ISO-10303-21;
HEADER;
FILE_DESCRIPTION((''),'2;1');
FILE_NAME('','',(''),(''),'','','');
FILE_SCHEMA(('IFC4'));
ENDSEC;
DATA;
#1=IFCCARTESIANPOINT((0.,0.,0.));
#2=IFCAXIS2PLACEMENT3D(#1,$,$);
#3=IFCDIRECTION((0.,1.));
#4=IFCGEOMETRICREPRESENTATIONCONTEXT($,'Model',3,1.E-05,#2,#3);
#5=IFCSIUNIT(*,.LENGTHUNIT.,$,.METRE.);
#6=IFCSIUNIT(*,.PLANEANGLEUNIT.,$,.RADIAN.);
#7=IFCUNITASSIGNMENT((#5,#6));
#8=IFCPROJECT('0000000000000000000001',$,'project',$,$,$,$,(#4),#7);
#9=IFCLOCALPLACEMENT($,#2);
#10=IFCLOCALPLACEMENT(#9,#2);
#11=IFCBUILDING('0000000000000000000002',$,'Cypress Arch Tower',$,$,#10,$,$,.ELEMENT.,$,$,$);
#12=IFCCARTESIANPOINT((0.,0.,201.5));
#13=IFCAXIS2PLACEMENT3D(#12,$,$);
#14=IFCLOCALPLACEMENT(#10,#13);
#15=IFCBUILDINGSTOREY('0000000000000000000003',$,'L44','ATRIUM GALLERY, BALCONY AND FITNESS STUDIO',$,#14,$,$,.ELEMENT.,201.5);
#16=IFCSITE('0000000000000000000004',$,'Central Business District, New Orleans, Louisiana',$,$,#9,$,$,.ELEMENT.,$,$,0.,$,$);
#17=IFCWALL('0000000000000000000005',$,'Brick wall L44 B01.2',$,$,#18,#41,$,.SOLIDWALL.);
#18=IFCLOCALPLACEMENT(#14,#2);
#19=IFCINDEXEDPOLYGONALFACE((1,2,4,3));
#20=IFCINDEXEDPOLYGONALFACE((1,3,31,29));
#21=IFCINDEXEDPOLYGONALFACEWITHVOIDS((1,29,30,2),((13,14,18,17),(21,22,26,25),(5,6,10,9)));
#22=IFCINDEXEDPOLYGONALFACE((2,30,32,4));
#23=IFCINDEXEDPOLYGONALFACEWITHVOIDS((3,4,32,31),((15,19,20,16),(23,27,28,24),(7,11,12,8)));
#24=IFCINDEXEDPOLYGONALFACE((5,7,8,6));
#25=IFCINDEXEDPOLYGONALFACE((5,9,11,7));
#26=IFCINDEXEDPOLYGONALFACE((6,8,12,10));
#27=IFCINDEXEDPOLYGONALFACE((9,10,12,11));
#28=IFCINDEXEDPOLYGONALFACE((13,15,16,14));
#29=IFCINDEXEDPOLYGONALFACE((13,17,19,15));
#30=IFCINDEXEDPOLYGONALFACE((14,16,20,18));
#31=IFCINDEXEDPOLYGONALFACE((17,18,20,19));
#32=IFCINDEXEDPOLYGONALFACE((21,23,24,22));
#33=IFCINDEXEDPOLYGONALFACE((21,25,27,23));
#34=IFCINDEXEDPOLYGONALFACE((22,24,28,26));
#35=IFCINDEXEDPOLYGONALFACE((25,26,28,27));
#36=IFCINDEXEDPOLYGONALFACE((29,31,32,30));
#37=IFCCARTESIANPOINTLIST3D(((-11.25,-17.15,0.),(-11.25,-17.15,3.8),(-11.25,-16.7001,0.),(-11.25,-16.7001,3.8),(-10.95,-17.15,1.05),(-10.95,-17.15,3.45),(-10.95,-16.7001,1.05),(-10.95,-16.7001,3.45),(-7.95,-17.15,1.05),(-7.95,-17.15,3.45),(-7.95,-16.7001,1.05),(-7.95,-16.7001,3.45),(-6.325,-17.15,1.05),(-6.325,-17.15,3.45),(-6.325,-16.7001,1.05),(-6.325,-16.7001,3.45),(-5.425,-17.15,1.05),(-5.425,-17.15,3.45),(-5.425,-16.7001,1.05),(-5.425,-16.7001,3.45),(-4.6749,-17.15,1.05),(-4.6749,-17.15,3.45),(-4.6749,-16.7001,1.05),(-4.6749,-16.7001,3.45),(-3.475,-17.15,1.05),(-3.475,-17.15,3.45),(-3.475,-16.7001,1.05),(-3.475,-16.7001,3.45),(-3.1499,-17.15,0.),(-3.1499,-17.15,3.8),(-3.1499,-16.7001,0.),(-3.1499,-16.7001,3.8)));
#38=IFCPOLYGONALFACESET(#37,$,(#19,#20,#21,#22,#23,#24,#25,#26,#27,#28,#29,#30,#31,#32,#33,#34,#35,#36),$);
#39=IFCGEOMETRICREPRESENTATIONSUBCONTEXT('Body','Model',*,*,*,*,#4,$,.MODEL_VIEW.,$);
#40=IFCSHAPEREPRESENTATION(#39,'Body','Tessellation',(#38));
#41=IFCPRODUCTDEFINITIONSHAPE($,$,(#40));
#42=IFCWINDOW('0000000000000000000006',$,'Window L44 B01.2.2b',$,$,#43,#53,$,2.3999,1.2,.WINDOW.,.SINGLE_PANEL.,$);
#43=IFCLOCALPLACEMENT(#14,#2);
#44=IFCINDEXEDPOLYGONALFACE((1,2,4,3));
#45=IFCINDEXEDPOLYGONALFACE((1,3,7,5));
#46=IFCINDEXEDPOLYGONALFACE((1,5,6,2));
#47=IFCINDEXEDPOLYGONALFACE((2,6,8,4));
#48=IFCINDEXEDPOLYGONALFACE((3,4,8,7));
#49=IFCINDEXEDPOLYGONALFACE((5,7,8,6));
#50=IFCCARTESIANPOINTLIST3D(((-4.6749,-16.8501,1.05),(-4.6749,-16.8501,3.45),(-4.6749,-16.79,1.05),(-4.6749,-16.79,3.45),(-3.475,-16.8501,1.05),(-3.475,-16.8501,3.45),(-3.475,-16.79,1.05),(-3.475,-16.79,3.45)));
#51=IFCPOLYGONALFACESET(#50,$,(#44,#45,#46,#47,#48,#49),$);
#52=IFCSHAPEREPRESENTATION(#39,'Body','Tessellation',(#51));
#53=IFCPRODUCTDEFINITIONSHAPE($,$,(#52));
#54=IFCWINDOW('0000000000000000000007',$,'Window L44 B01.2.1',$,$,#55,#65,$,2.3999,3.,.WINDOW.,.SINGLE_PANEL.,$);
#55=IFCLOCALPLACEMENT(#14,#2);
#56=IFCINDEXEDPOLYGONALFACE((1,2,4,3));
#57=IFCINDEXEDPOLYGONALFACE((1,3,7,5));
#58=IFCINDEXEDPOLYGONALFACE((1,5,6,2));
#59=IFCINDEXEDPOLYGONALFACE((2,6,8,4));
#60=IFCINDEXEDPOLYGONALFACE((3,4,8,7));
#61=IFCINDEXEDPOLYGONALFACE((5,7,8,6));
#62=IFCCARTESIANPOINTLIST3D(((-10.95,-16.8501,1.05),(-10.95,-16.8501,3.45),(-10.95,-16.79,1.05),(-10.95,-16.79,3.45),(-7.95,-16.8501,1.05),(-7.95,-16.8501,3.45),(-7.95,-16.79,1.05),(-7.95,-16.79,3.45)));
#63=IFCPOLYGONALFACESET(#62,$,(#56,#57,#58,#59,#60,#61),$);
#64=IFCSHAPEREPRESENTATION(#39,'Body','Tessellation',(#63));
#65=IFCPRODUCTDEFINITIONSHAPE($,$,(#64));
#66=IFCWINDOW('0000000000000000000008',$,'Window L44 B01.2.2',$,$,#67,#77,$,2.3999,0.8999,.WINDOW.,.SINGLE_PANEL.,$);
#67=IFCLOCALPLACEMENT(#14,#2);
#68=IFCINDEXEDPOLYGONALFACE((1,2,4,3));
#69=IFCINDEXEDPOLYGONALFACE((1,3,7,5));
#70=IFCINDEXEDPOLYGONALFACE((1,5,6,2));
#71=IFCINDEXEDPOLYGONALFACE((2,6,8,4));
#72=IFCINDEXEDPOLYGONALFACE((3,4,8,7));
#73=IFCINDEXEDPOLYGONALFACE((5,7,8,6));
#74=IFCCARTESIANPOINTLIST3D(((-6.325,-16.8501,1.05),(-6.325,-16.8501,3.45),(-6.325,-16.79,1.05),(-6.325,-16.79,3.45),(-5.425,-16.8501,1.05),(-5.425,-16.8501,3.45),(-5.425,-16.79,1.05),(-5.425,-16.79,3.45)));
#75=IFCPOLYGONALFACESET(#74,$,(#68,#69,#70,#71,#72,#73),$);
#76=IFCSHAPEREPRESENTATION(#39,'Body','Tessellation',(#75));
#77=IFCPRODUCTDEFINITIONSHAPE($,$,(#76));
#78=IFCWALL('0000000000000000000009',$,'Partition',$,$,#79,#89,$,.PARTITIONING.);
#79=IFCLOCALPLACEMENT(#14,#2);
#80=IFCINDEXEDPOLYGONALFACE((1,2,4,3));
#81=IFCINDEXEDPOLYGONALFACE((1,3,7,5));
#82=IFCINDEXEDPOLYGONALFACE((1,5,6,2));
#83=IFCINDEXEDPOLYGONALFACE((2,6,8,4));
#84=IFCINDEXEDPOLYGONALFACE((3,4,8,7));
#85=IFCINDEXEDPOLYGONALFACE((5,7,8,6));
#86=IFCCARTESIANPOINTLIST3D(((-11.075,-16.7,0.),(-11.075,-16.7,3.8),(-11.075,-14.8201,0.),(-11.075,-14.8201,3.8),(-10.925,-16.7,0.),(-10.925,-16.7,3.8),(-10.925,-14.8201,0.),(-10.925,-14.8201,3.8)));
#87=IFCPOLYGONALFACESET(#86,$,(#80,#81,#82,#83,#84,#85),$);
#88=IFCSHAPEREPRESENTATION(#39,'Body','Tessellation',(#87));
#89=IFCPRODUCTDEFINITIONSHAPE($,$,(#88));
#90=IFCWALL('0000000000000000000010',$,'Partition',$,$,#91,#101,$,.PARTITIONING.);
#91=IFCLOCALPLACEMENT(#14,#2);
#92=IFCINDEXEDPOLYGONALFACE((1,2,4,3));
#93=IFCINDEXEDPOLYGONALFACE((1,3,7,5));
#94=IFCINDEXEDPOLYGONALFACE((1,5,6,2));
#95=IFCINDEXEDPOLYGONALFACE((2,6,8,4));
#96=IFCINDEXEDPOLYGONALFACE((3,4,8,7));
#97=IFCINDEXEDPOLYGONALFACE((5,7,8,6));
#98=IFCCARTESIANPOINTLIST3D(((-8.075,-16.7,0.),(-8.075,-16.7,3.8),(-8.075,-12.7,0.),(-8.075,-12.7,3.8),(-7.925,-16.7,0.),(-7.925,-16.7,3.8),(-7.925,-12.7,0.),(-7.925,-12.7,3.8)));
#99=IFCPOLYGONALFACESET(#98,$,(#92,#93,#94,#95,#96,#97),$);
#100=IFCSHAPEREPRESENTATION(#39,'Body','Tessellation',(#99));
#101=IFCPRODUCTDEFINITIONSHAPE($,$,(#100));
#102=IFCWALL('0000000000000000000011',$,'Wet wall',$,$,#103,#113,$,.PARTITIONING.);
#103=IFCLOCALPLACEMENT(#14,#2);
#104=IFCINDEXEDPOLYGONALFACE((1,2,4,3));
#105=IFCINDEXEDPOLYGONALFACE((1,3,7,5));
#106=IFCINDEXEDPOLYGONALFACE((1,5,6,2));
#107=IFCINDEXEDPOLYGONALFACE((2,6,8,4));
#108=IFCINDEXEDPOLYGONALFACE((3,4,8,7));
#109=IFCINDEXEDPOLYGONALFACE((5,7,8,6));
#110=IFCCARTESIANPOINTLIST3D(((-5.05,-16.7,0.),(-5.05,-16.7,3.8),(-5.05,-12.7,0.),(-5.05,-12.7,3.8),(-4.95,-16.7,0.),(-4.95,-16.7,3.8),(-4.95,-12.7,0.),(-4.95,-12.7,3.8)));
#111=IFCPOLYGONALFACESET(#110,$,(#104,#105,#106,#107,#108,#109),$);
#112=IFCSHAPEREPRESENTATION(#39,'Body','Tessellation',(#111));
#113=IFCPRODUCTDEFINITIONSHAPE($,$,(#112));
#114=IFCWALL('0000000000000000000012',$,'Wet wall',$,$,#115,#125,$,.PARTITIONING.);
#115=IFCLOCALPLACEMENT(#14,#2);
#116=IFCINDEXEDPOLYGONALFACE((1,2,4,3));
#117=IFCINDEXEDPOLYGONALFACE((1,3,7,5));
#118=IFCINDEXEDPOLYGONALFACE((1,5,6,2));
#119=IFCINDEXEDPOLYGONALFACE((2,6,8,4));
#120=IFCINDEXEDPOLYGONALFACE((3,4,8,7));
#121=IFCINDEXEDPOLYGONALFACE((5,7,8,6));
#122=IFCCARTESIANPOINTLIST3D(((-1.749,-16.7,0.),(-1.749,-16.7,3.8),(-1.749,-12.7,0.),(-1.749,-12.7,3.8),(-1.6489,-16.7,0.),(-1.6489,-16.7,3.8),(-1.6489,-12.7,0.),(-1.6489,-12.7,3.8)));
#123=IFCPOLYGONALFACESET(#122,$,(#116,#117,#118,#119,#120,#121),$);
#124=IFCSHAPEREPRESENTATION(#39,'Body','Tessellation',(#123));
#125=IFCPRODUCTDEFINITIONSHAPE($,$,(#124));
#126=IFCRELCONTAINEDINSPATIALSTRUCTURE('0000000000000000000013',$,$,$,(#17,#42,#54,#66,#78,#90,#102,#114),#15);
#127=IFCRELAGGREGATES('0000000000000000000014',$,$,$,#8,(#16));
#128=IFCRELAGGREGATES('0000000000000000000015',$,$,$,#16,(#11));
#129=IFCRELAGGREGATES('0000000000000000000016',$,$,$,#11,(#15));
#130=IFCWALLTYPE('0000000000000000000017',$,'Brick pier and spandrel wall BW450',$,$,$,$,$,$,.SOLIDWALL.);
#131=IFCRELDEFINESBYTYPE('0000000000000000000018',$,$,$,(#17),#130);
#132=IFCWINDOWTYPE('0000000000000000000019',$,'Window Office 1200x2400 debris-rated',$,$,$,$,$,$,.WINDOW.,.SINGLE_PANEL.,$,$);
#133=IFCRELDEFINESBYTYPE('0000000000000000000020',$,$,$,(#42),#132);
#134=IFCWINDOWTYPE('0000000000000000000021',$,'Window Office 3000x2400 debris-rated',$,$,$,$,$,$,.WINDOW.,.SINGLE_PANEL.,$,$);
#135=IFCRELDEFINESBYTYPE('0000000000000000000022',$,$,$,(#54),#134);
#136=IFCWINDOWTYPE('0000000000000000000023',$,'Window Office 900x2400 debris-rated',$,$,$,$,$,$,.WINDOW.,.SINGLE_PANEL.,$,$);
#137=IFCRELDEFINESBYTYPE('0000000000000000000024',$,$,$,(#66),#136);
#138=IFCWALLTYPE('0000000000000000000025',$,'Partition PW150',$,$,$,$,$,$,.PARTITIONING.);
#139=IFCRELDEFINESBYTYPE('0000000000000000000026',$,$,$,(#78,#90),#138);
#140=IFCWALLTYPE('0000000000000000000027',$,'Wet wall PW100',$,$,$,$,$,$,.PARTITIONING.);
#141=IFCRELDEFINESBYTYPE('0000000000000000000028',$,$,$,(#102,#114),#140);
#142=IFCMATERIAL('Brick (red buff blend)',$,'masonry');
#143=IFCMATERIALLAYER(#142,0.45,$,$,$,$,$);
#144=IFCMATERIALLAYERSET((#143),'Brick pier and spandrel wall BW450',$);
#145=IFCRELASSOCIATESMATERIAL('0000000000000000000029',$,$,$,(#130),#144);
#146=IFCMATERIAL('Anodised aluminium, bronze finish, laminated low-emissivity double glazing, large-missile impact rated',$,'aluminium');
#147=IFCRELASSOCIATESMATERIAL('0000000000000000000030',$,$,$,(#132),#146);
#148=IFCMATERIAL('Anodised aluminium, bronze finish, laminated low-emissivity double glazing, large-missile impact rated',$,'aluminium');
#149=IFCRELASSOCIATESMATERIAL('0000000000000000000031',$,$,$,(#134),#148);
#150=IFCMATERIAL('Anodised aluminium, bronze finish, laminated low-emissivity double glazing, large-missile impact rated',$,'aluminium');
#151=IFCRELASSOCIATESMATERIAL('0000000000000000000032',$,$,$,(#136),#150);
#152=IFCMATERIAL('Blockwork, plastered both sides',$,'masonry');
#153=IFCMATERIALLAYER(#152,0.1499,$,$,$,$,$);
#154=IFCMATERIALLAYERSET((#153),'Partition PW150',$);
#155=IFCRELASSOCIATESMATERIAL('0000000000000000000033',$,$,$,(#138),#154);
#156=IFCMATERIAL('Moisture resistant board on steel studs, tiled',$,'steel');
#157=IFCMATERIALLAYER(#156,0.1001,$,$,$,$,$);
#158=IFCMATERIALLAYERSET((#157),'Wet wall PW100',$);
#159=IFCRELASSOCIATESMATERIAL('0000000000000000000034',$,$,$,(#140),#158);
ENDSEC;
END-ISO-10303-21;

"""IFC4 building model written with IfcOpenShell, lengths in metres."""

from ifc_helpers import new_model, si_unit, direction, frame, frame_2d, origin, place, context, subcontext, project, spatial, rectangle, extrude, material, layer, layer_set, type_object, element, fill, save


model = new_model("IFC4")

# Units and contexts
model_context = context("Model", 3, precision=1e-05, world=origin(), true_north=direction((0.0, 1.0)))
body_context = subcontext(model_context, "Body", "Model", "MODEL_VIEW")
ifc_project = project(units=[si_unit("LENGTHUNIT", "METRE"), si_unit("PLANEANGLEUNIT", "RADIAN")], contexts=[model_context])

# Site, building, storey
site_placement = place(None, origin())
site = spatial("IfcSite", under=ifc_project, at=site_placement, Name="Central Business District, New Orleans, Louisiana", CompositionType="ELEMENT", RefElevation=0.0)
building_placement = place(site_placement, origin())
building = spatial("IfcBuilding", under=site, at=building_placement, Name="Cypress Arch Tower", CompositionType="ELEMENT")
storey_placement = place(building_placement, frame((0.0, 0.0, 201.5)))
storey = spatial("IfcBuildingStorey", under=building, at=storey_placement, Name="L44", Description="ATRIUM GALLERY, BALCONY AND FITNESS STUDIO", CompositionType="ELEMENT", Elevation=201.5)

# Wall, openings, windows
ifc_material_1 = material(Name="Brick (red buff blend)", Category="masonry")
ifc_layer_1 = layer(ifc_material_1, 0.45)
ifc_layer_set_1 = layer_set([ifc_layer_1], Name="Brick pier and spandrel wall BW450")
wall_type_1 = type_object("IfcWallType", Name="Brick pier and spandrel wall BW450", PredefinedType="SOLIDWALL", material=ifc_layer_set_1)
wall_1_placement = place(storey_placement, frame((-11.25, -16.925, 0.0), z_axis=(0.0, 0.0, 1.0), x_axis=(1.0, 0.0, 0.0)))
wall_1 = element("IfcWall", 1, at=wall_1_placement, inside=storey, type_object=wall_type_1, Name="Brick wall L44 B01.2", PredefinedType="SOLIDWALL", context=body_context, shape_type="SweptSolid", body=[
    extrude(rectangle(XDim=8.1001, YDim=0.45, at=frame_2d((4.05, 0.0))), origin(), (0.0, 0.0, 1.0), 3.8),
])
opening_1_placement = place(wall_1_placement, frame((0.3, 0.0, 1.05)))
opening_1 = element("IfcOpeningElement", 2, at=opening_1_placement, cuts=wall_1, PredefinedType="OPENING", context=body_context, shape_type="SweptSolid", body=[
    extrude(rectangle(XDim=3.0, YDim=2.3999, at=frame_2d((1.5, 1.2))), frame((0.0, 0.2349, 0.0), z_axis=(0.0, -1.0, 0.0), x_axis=(1.0, 0.0, 0.0)), (0.0, 0.0, 1.0), 0.47),
])
opening_2_placement = place(wall_1_placement, frame((4.925, 0.0, 1.05)))
opening_2 = element("IfcOpeningElement", 3, at=opening_2_placement, cuts=wall_1, PredefinedType="OPENING", context=body_context, shape_type="SweptSolid", body=[
    extrude(rectangle(XDim=0.8999, YDim=2.3999, at=frame_2d((0.45, 1.2))), frame((0.0, 0.2349, 0.0), z_axis=(0.0, -1.0, 0.0), x_axis=(1.0, 0.0, 0.0)), (0.0, 0.0, 1.0), 0.47),
])
opening_3_placement = place(wall_1_placement, frame((6.575, 0.0, 1.05)))
opening_3 = element("IfcOpeningElement", 4, at=opening_3_placement, cuts=wall_1, PredefinedType="OPENING", context=body_context, shape_type="SweptSolid", body=[
    extrude(rectangle(XDim=1.2, YDim=2.3999, at=frame_2d((0.6001, 1.2))), frame((0.0, 0.2349, 0.0), z_axis=(0.0, -1.0, 0.0), x_axis=(1.0, 0.0, 0.0)), (0.0, 0.0, 1.0), 0.47),
])
ifc_material_2 = material(Name="Anodised aluminium, bronze finish, laminated low-emissivity double glazing, large-missile impact rated", Category="aluminium")
window_type_1 = type_object("IfcWindowType", Name="Window Office 1200x2400 debris-rated", PartitioningType="SINGLE_PANEL", PredefinedType="WINDOW", material=ifc_material_2)
window_1_placement = place(opening_3_placement, origin())
window_1 = element("IfcWindow", 5, at=window_1_placement, inside=storey, type_object=window_type_1, Name="Window L44 B01.2.2b", OverallHeight=2.3999, OverallWidth=1.2, PartitioningType="SINGLE_PANEL", PredefinedType="WINDOW", context=body_context, shape_type="SweptSolid", body=[
    extrude(rectangle(XDim=1.2, YDim=2.3999, at=frame_2d((0.6001, 1.2))), frame((0.0, 0.135, 0.0), z_axis=(0.0, -1.0, 0.0), x_axis=(1.0, 0.0, 0.0)), (0.0, 0.0, 1.0), 0.0601),
])
fill(opening_3, window_1)
ifc_material_3 = material(Name="Anodised aluminium, bronze finish, laminated low-emissivity double glazing, large-missile impact rated", Category="aluminium")
window_type_2 = type_object("IfcWindowType", Name="Window Office 3000x2400 debris-rated", PartitioningType="SINGLE_PANEL", PredefinedType="WINDOW", material=ifc_material_3)
window_2_placement = place(opening_1_placement, origin())
window_2 = element("IfcWindow", 6, at=window_2_placement, inside=storey, type_object=window_type_2, Name="Window L44 B01.2.1", OverallHeight=2.3999, OverallWidth=3.0, PartitioningType="SINGLE_PANEL", PredefinedType="WINDOW", context=body_context, shape_type="SweptSolid", body=[
    extrude(rectangle(XDim=3.0, YDim=2.3999, at=frame_2d((1.5, 1.2))), frame((0.0, 0.135, 0.0), z_axis=(0.0, -1.0, 0.0), x_axis=(1.0, 0.0, 0.0)), (0.0, 0.0, 1.0), 0.0601),
])
fill(opening_1, window_2)
ifc_material_4 = material(Name="Anodised aluminium, bronze finish, laminated low-emissivity double glazing, large-missile impact rated", Category="aluminium")
window_type_3 = type_object("IfcWindowType", Name="Window Office 900x2400 debris-rated", PartitioningType="SINGLE_PANEL", PredefinedType="WINDOW", material=ifc_material_4)
window_3_placement = place(opening_2_placement, origin())
window_3 = element("IfcWindow", 7, at=window_3_placement, inside=storey, type_object=window_type_3, Name="Window L44 B01.2.2", OverallHeight=2.3999, OverallWidth=0.8999, PartitioningType="SINGLE_PANEL", PredefinedType="WINDOW", context=body_context, shape_type="SweptSolid", body=[
    extrude(rectangle(XDim=0.8999, YDim=2.3999, at=frame_2d((0.45, 1.2))), frame((0.0, 0.135, 0.0), z_axis=(0.0, -1.0, 0.0), x_axis=(1.0, 0.0, 0.0)), (0.0, 0.0, 1.0), 0.0601),
])
fill(opening_2, window_3)

# Walls
ifc_material_5 = material(Name="Blockwork, plastered both sides", Category="masonry")
ifc_layer_2 = layer(ifc_material_5, 0.1499)
ifc_layer_set_2 = layer_set([ifc_layer_2], Name="Partition PW150")
wall_type_2 = type_object("IfcWallType", Name="Partition PW150", PredefinedType="PARTITIONING", material=ifc_layer_set_2)
wall_2_placement = place(storey_placement, frame((-11.0, -16.7, 0.0), z_axis=(0.0, 0.0, 1.0), x_axis=(0.0, 1.0, 0.0)))
element("IfcWall", 8, at=wall_2_placement, inside=storey, type_object=wall_type_2, Name="Partition", PredefinedType="PARTITIONING", context=body_context, shape_type="SweptSolid", body=[
    extrude(rectangle(XDim=1.8799, YDim=0.1499, at=frame_2d((0.9399, 0.0))), origin(), (0.0, 0.0, 1.0), 3.8),
])
wall_3_placement = place(storey_placement, frame((-8.0, -16.7, 0.0), z_axis=(0.0, 0.0, 1.0), x_axis=(0.0, 1.0, 0.0)))
element("IfcWall", 9, at=wall_3_placement, inside=storey, type_object=wall_type_2, Name="Partition", PredefinedType="PARTITIONING", context=body_context, shape_type="SweptSolid", body=[
    extrude(rectangle(XDim=4.0, YDim=0.1499, at=frame_2d((2.0, 0.0))), origin(), (0.0, 0.0, 1.0), 3.8),
])
ifc_material_6 = material(Name="Moisture resistant board on steel studs, tiled", Category="steel")
ifc_layer_3 = layer(ifc_material_6, 0.1001)
ifc_layer_set_3 = layer_set([ifc_layer_3], Name="Wet wall PW100")
wall_type_3 = type_object("IfcWallType", Name="Wet wall PW100", PredefinedType="PARTITIONING", material=ifc_layer_set_3)
for number, where, z_axis, x_axis, name in (
    (10, (-5.0, -16.7, 0.0), (0.0, 0.0, 1.0), (0.0, 1.0, 0.0), "Wet wall"),
    (11, (-1.699, -16.7, 0.0), (0.0, 0.0, 1.0), (0.0, 1.0, 0.0), "Wet wall"),
):
    element("IfcWall", number, at=place(storey_placement, frame(where, z_axis=z_axis, x_axis=x_axis)), inside=storey, type_object=wall_type_3, Name=name, PredefinedType="PARTITIONING", context=body_context, shape_type="SweptSolid", body=[
        extrude(rectangle(XDim=4.0, YDim=0.1001, at=frame_2d((2.0, 0.0))), origin(), (0.0, 0.0, 1.0), 3.8),
    ])

save(model, "model.ifc")
